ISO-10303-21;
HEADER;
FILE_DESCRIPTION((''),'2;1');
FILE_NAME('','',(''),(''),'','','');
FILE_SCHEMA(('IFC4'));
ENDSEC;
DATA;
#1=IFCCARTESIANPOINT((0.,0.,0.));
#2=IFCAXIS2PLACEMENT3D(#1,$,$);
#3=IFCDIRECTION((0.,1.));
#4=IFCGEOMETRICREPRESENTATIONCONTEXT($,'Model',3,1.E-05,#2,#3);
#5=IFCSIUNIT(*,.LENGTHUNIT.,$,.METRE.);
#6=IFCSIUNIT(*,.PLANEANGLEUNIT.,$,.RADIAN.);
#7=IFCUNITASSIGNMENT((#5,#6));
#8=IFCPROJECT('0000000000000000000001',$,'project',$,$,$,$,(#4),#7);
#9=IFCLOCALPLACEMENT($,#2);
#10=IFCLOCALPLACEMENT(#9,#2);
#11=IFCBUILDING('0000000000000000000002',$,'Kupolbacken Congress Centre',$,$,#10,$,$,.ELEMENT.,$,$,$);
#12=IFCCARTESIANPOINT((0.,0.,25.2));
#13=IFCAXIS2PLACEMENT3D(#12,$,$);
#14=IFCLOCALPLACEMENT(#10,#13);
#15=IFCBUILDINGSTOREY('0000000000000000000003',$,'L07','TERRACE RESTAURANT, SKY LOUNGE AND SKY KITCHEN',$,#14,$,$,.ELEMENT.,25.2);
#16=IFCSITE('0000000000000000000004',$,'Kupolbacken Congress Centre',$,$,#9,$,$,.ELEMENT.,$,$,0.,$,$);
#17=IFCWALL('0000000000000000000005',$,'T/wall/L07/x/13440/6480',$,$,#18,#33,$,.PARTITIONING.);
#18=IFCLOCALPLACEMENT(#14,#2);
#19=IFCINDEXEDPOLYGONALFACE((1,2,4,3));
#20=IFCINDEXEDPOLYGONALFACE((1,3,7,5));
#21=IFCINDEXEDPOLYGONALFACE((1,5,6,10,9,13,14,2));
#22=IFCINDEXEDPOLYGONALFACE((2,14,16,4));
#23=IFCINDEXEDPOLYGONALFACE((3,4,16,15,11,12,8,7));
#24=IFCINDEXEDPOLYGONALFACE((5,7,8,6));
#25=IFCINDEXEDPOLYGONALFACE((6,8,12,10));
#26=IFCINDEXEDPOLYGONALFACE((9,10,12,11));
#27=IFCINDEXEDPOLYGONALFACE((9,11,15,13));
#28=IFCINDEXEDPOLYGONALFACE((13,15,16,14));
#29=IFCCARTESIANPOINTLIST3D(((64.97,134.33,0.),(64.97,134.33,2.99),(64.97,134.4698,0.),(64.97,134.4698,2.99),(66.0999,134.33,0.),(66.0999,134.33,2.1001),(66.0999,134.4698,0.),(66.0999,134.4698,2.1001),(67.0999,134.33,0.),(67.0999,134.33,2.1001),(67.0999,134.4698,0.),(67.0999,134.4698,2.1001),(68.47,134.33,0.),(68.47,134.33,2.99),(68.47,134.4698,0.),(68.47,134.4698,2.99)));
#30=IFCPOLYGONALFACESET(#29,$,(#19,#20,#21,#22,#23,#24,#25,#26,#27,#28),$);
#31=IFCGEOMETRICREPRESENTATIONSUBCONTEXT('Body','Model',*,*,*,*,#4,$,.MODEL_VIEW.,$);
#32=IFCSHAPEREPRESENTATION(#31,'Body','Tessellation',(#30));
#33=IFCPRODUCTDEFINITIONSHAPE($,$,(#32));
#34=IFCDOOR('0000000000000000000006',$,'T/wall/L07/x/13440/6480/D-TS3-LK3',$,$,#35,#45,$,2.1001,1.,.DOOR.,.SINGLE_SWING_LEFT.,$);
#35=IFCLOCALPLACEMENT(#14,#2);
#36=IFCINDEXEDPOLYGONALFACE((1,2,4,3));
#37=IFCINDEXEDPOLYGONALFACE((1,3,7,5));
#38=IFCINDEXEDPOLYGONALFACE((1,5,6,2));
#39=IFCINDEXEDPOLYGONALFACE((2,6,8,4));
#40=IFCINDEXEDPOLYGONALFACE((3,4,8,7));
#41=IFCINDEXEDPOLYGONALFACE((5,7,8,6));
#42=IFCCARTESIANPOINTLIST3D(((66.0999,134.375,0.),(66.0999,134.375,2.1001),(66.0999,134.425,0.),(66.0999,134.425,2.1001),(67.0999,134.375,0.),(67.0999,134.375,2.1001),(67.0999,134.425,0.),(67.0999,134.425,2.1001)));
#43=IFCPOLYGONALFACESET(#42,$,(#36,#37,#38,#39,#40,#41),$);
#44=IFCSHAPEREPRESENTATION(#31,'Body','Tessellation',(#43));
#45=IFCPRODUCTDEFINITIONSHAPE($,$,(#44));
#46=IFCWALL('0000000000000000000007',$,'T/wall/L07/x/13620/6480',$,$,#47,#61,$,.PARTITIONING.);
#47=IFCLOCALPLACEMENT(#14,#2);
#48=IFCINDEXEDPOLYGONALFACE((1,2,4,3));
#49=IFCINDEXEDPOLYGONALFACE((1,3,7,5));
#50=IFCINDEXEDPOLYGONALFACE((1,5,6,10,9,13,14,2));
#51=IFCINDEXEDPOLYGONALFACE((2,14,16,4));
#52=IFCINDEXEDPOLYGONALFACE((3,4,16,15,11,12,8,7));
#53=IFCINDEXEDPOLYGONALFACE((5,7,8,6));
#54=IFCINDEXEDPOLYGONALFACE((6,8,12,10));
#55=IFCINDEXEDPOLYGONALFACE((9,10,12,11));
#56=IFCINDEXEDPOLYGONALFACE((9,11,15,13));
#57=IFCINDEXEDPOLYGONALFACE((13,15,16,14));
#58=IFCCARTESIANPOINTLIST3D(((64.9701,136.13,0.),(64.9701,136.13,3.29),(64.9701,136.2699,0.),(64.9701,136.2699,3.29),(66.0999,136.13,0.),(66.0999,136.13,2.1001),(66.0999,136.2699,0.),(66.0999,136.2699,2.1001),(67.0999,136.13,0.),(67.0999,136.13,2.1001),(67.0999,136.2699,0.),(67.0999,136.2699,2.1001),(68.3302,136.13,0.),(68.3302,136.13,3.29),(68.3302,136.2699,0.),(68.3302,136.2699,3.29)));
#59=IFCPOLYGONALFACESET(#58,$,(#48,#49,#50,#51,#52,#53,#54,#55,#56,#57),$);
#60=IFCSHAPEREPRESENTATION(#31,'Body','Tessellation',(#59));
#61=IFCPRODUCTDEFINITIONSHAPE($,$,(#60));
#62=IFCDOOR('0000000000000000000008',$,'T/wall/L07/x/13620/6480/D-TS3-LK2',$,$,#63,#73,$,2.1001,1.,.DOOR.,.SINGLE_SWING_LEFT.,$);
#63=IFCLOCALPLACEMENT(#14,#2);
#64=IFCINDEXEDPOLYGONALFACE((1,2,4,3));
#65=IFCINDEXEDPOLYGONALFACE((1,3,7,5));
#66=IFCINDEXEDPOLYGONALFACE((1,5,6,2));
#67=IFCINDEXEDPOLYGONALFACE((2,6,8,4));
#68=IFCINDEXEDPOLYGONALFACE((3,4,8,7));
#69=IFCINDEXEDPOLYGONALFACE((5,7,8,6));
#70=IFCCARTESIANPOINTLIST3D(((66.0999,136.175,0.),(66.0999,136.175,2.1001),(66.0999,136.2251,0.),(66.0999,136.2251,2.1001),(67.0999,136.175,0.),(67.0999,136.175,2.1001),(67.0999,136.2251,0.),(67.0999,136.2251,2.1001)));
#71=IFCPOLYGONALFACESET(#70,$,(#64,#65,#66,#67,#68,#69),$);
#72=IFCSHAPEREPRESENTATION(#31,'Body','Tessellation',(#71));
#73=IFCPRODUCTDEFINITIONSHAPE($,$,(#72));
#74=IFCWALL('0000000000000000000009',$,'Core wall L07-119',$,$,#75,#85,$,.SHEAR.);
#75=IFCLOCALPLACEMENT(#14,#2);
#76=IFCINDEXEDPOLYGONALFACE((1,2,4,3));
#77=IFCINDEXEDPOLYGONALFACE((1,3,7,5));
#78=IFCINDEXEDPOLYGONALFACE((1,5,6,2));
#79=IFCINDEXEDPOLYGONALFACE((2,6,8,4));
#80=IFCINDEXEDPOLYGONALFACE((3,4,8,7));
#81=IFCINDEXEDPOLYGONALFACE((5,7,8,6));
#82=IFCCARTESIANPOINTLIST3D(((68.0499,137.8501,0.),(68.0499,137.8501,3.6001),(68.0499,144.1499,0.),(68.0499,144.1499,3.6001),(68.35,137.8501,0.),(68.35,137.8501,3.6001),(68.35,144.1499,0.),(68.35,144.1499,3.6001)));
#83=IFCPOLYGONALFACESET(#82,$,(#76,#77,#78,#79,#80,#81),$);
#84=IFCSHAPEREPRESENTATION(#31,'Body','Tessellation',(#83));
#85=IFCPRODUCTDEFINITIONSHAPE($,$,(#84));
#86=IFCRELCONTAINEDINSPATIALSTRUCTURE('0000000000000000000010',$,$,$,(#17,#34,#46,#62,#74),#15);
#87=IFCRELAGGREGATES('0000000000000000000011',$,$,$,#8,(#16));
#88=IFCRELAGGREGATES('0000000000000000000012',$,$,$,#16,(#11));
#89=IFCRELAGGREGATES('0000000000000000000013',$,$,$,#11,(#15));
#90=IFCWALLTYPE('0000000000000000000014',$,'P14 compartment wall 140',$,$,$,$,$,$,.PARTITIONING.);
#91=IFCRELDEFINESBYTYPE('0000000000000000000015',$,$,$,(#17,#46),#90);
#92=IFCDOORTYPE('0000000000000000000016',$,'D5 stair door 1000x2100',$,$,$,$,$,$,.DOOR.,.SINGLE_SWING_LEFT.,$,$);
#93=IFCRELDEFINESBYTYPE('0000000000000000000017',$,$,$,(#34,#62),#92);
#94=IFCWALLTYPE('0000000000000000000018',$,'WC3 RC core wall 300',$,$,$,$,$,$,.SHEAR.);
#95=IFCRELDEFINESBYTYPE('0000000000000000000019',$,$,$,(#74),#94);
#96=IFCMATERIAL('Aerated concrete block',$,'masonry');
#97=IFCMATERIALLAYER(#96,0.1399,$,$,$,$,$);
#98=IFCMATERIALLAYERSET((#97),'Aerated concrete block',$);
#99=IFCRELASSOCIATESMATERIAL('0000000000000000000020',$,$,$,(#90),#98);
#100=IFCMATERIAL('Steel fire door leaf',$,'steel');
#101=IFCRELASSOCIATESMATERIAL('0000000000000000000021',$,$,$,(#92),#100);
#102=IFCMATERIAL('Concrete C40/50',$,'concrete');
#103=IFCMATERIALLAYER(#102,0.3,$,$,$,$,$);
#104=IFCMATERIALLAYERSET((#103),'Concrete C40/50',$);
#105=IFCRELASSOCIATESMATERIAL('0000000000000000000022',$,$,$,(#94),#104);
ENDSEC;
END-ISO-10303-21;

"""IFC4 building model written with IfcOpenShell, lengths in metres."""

from ifc_helpers import new_model, si_unit, direction, frame, frame_2d, origin, place, context, subcontext, project, spatial, rectangle, extrude, material, layer, layer_set, type_object, element, fill, save


model = new_model("IFC4")

# Units and contexts
model_context = context("Model", 3, precision=1e-05, world=origin(), true_north=direction((0.0, 1.0)))
body_context = subcontext(model_context, "Body", "Model", "MODEL_VIEW")
ifc_project = project(units=[si_unit("LENGTHUNIT", "METRE"), si_unit("PLANEANGLEUNIT", "RADIAN")], contexts=[model_context])

# Site, building, storey
site_placement = place(None, origin())
site = spatial("IfcSite", under=ifc_project, at=site_placement, Name="Kupolbacken Congress Centre", CompositionType="ELEMENT", RefElevation=0.0)
building_placement = place(site_placement, origin())
building = spatial("IfcBuilding", under=site, at=building_placement, Name="Kupolbacken Congress Centre", CompositionType="ELEMENT")
storey_placement = place(building_placement, frame((0.0, 0.0, 25.2)))
storey = spatial("IfcBuildingStorey", under=building, at=storey_placement, Name="L07", Description="TERRACE RESTAURANT, SKY LOUNGE AND SKY KITCHEN", CompositionType="ELEMENT", Elevation=25.2)

# Walls, openings, doors
ifc_material_1 = material(Name="Aerated concrete block", Category="masonry")
ifc_layer_1 = layer(ifc_material_1, 0.1399)
ifc_layer_set_1 = layer_set([ifc_layer_1], Name="Aerated concrete block")
wall_type_1 = type_object("IfcWallType", Name="P14 compartment wall 140", PredefinedType="PARTITIONING", material=ifc_layer_set_1)
wall_1_placement = place(storey_placement, frame((64.97, 134.3999, 0.0), z_axis=(0.0, 0.0, 1.0), x_axis=(1.0, 0.0, 0.0)))
wall_1 = element("IfcWall", 1, at=wall_1_placement, inside=storey, type_object=wall_type_1, Name="T/wall/L07/x/13440/6480", PredefinedType="PARTITIONING", context=body_context, shape_type="SweptSolid", body=[
    extrude(rectangle(XDim=3.5, YDim=0.1399, at=frame_2d((1.75, 0.0))), origin(), (0.0, 0.0, 1.0), 2.99),
])
opening_1_placement = place(wall_1_placement, frame((1.1299, 0.0, 0.0)))
opening_1 = element("IfcOpeningElement", 2, at=opening_1_placement, cuts=wall_1, PredefinedType="OPENING", context=body_context, shape_type="SweptSolid", body=[
    extrude(rectangle(XDim=1.0, YDim=2.1001, at=frame_2d((0.5, 1.05))), frame((0.0, 0.0798, 0.0), z_axis=(0.0, -1.0, 0.0), x_axis=(1.0, 0.0, 0.0)), (0.0, 0.0, 1.0), 0.1599),
])
ifc_material_2 = material(Name="Steel fire door leaf", Category="steel")
door_type_1 = type_object("IfcDoorType", Name="D5 stair door 1000x2100", OperationType="SINGLE_SWING_LEFT", PredefinedType="DOOR", material=ifc_material_2)
door_1_placement = place(opening_1_placement, frame((1.0, 0.0, 0.0), z_axis=(0.0, 0.0, 1.0), x_axis=(-1.0, 0.0, 0.0)))
door_1 = element("IfcDoor", 3, at=door_1_placement, inside=storey, type_object=door_type_1, Name="T/wall/L07/x/13440/6480/D-TS3-LK3", OperationType="SINGLE_SWING_LEFT", OverallHeight=2.1001, OverallWidth=1.0, PredefinedType="DOOR", context=body_context, shape_type="SweptSolid", body=[
    extrude(rectangle(XDim=1.0, YDim=2.1001, at=frame_2d((0.5, 1.05))), frame((0.0, 0.0249, 0.0), z_axis=(0.0, -1.0, 0.0), x_axis=(1.0, 0.0, 0.0)), (0.0, 0.0, 1.0), 0.05),
])
fill(opening_1, door_1)
wall_2_placement = place(storey_placement, frame((64.97, 136.2, 0.0), z_axis=(0.0, 0.0, 1.0), x_axis=(1.0, 0.0, 0.0)))
wall_2 = element("IfcWall", 4, at=wall_2_placement, inside=storey, type_object=wall_type_1, Name="T/wall/L07/x/13620/6480", PredefinedType="PARTITIONING", context=body_context, shape_type="SweptSolid", body=[
    extrude(rectangle(XDim=3.3601, YDim=0.1399, at=frame_2d((1.6802, 0.0))), origin(), (0.0, 0.0, 1.0), 3.29),
])
opening_2_placement = place(wall_2_placement, frame((1.1299, 0.0, 0.0)))
opening_2 = element("IfcOpeningElement", 5, at=opening_2_placement, cuts=wall_2, PredefinedType="OPENING", context=body_context, shape_type="SweptSolid", body=[
    extrude(rectangle(XDim=1.0, YDim=2.1001, at=frame_2d((0.5, 1.05))), frame((0.0, 0.0798, 0.0), z_axis=(0.0, -1.0, 0.0), x_axis=(1.0, 0.0, 0.0)), (0.0, 0.0, 1.0), 0.1599),
])
door_2_placement = place(opening_2_placement, frame((1.0, 0.0, 0.0), z_axis=(0.0, 0.0, 1.0), x_axis=(-1.0, 0.0, 0.0)))
door_2 = element("IfcDoor", 6, at=door_2_placement, inside=storey, type_object=door_type_1, Name="T/wall/L07/x/13620/6480/D-TS3-LK2", OperationType="SINGLE_SWING_LEFT", OverallHeight=2.1001, OverallWidth=1.0, PredefinedType="DOOR", context=body_context, shape_type="SweptSolid", body=[
    extrude(rectangle(XDim=1.0, YDim=2.1001, at=frame_2d((0.5, 1.05))), frame((0.0, 0.0249, 0.0), z_axis=(0.0, -1.0, 0.0), x_axis=(1.0, 0.0, 0.0)), (0.0, 0.0, 1.0), 0.05),
])
fill(opening_2, door_2)

# Wall
ifc_material_3 = material(Name="Concrete C40/50", Category="concrete")
ifc_layer_2 = layer(ifc_material_3, 0.3)
ifc_layer_set_2 = layer_set([ifc_layer_2], Name="Concrete C40/50")
wall_type_2 = type_object("IfcWallType", Name="WC3 RC core wall 300", PredefinedType="SHEAR", material=ifc_layer_set_2)
wall_3_placement = place(storey_placement, frame((68.2, 137.8501, 0.0), z_axis=(0.0, 0.0, 1.0), x_axis=(0.0, 1.0, 0.0)))
element("IfcWall", 7, at=wall_3_placement, inside=storey, type_object=wall_type_2, Name="Core wall L07-119", PredefinedType="SHEAR", context=body_context, shape_type="SweptSolid", body=[
    extrude(rectangle(XDim=6.2998, YDim=0.3, at=frame_2d((3.1499, 0.0))), origin(), (0.0, 0.0, 1.0), 3.6001),
])

save(model, "model.ifc")
